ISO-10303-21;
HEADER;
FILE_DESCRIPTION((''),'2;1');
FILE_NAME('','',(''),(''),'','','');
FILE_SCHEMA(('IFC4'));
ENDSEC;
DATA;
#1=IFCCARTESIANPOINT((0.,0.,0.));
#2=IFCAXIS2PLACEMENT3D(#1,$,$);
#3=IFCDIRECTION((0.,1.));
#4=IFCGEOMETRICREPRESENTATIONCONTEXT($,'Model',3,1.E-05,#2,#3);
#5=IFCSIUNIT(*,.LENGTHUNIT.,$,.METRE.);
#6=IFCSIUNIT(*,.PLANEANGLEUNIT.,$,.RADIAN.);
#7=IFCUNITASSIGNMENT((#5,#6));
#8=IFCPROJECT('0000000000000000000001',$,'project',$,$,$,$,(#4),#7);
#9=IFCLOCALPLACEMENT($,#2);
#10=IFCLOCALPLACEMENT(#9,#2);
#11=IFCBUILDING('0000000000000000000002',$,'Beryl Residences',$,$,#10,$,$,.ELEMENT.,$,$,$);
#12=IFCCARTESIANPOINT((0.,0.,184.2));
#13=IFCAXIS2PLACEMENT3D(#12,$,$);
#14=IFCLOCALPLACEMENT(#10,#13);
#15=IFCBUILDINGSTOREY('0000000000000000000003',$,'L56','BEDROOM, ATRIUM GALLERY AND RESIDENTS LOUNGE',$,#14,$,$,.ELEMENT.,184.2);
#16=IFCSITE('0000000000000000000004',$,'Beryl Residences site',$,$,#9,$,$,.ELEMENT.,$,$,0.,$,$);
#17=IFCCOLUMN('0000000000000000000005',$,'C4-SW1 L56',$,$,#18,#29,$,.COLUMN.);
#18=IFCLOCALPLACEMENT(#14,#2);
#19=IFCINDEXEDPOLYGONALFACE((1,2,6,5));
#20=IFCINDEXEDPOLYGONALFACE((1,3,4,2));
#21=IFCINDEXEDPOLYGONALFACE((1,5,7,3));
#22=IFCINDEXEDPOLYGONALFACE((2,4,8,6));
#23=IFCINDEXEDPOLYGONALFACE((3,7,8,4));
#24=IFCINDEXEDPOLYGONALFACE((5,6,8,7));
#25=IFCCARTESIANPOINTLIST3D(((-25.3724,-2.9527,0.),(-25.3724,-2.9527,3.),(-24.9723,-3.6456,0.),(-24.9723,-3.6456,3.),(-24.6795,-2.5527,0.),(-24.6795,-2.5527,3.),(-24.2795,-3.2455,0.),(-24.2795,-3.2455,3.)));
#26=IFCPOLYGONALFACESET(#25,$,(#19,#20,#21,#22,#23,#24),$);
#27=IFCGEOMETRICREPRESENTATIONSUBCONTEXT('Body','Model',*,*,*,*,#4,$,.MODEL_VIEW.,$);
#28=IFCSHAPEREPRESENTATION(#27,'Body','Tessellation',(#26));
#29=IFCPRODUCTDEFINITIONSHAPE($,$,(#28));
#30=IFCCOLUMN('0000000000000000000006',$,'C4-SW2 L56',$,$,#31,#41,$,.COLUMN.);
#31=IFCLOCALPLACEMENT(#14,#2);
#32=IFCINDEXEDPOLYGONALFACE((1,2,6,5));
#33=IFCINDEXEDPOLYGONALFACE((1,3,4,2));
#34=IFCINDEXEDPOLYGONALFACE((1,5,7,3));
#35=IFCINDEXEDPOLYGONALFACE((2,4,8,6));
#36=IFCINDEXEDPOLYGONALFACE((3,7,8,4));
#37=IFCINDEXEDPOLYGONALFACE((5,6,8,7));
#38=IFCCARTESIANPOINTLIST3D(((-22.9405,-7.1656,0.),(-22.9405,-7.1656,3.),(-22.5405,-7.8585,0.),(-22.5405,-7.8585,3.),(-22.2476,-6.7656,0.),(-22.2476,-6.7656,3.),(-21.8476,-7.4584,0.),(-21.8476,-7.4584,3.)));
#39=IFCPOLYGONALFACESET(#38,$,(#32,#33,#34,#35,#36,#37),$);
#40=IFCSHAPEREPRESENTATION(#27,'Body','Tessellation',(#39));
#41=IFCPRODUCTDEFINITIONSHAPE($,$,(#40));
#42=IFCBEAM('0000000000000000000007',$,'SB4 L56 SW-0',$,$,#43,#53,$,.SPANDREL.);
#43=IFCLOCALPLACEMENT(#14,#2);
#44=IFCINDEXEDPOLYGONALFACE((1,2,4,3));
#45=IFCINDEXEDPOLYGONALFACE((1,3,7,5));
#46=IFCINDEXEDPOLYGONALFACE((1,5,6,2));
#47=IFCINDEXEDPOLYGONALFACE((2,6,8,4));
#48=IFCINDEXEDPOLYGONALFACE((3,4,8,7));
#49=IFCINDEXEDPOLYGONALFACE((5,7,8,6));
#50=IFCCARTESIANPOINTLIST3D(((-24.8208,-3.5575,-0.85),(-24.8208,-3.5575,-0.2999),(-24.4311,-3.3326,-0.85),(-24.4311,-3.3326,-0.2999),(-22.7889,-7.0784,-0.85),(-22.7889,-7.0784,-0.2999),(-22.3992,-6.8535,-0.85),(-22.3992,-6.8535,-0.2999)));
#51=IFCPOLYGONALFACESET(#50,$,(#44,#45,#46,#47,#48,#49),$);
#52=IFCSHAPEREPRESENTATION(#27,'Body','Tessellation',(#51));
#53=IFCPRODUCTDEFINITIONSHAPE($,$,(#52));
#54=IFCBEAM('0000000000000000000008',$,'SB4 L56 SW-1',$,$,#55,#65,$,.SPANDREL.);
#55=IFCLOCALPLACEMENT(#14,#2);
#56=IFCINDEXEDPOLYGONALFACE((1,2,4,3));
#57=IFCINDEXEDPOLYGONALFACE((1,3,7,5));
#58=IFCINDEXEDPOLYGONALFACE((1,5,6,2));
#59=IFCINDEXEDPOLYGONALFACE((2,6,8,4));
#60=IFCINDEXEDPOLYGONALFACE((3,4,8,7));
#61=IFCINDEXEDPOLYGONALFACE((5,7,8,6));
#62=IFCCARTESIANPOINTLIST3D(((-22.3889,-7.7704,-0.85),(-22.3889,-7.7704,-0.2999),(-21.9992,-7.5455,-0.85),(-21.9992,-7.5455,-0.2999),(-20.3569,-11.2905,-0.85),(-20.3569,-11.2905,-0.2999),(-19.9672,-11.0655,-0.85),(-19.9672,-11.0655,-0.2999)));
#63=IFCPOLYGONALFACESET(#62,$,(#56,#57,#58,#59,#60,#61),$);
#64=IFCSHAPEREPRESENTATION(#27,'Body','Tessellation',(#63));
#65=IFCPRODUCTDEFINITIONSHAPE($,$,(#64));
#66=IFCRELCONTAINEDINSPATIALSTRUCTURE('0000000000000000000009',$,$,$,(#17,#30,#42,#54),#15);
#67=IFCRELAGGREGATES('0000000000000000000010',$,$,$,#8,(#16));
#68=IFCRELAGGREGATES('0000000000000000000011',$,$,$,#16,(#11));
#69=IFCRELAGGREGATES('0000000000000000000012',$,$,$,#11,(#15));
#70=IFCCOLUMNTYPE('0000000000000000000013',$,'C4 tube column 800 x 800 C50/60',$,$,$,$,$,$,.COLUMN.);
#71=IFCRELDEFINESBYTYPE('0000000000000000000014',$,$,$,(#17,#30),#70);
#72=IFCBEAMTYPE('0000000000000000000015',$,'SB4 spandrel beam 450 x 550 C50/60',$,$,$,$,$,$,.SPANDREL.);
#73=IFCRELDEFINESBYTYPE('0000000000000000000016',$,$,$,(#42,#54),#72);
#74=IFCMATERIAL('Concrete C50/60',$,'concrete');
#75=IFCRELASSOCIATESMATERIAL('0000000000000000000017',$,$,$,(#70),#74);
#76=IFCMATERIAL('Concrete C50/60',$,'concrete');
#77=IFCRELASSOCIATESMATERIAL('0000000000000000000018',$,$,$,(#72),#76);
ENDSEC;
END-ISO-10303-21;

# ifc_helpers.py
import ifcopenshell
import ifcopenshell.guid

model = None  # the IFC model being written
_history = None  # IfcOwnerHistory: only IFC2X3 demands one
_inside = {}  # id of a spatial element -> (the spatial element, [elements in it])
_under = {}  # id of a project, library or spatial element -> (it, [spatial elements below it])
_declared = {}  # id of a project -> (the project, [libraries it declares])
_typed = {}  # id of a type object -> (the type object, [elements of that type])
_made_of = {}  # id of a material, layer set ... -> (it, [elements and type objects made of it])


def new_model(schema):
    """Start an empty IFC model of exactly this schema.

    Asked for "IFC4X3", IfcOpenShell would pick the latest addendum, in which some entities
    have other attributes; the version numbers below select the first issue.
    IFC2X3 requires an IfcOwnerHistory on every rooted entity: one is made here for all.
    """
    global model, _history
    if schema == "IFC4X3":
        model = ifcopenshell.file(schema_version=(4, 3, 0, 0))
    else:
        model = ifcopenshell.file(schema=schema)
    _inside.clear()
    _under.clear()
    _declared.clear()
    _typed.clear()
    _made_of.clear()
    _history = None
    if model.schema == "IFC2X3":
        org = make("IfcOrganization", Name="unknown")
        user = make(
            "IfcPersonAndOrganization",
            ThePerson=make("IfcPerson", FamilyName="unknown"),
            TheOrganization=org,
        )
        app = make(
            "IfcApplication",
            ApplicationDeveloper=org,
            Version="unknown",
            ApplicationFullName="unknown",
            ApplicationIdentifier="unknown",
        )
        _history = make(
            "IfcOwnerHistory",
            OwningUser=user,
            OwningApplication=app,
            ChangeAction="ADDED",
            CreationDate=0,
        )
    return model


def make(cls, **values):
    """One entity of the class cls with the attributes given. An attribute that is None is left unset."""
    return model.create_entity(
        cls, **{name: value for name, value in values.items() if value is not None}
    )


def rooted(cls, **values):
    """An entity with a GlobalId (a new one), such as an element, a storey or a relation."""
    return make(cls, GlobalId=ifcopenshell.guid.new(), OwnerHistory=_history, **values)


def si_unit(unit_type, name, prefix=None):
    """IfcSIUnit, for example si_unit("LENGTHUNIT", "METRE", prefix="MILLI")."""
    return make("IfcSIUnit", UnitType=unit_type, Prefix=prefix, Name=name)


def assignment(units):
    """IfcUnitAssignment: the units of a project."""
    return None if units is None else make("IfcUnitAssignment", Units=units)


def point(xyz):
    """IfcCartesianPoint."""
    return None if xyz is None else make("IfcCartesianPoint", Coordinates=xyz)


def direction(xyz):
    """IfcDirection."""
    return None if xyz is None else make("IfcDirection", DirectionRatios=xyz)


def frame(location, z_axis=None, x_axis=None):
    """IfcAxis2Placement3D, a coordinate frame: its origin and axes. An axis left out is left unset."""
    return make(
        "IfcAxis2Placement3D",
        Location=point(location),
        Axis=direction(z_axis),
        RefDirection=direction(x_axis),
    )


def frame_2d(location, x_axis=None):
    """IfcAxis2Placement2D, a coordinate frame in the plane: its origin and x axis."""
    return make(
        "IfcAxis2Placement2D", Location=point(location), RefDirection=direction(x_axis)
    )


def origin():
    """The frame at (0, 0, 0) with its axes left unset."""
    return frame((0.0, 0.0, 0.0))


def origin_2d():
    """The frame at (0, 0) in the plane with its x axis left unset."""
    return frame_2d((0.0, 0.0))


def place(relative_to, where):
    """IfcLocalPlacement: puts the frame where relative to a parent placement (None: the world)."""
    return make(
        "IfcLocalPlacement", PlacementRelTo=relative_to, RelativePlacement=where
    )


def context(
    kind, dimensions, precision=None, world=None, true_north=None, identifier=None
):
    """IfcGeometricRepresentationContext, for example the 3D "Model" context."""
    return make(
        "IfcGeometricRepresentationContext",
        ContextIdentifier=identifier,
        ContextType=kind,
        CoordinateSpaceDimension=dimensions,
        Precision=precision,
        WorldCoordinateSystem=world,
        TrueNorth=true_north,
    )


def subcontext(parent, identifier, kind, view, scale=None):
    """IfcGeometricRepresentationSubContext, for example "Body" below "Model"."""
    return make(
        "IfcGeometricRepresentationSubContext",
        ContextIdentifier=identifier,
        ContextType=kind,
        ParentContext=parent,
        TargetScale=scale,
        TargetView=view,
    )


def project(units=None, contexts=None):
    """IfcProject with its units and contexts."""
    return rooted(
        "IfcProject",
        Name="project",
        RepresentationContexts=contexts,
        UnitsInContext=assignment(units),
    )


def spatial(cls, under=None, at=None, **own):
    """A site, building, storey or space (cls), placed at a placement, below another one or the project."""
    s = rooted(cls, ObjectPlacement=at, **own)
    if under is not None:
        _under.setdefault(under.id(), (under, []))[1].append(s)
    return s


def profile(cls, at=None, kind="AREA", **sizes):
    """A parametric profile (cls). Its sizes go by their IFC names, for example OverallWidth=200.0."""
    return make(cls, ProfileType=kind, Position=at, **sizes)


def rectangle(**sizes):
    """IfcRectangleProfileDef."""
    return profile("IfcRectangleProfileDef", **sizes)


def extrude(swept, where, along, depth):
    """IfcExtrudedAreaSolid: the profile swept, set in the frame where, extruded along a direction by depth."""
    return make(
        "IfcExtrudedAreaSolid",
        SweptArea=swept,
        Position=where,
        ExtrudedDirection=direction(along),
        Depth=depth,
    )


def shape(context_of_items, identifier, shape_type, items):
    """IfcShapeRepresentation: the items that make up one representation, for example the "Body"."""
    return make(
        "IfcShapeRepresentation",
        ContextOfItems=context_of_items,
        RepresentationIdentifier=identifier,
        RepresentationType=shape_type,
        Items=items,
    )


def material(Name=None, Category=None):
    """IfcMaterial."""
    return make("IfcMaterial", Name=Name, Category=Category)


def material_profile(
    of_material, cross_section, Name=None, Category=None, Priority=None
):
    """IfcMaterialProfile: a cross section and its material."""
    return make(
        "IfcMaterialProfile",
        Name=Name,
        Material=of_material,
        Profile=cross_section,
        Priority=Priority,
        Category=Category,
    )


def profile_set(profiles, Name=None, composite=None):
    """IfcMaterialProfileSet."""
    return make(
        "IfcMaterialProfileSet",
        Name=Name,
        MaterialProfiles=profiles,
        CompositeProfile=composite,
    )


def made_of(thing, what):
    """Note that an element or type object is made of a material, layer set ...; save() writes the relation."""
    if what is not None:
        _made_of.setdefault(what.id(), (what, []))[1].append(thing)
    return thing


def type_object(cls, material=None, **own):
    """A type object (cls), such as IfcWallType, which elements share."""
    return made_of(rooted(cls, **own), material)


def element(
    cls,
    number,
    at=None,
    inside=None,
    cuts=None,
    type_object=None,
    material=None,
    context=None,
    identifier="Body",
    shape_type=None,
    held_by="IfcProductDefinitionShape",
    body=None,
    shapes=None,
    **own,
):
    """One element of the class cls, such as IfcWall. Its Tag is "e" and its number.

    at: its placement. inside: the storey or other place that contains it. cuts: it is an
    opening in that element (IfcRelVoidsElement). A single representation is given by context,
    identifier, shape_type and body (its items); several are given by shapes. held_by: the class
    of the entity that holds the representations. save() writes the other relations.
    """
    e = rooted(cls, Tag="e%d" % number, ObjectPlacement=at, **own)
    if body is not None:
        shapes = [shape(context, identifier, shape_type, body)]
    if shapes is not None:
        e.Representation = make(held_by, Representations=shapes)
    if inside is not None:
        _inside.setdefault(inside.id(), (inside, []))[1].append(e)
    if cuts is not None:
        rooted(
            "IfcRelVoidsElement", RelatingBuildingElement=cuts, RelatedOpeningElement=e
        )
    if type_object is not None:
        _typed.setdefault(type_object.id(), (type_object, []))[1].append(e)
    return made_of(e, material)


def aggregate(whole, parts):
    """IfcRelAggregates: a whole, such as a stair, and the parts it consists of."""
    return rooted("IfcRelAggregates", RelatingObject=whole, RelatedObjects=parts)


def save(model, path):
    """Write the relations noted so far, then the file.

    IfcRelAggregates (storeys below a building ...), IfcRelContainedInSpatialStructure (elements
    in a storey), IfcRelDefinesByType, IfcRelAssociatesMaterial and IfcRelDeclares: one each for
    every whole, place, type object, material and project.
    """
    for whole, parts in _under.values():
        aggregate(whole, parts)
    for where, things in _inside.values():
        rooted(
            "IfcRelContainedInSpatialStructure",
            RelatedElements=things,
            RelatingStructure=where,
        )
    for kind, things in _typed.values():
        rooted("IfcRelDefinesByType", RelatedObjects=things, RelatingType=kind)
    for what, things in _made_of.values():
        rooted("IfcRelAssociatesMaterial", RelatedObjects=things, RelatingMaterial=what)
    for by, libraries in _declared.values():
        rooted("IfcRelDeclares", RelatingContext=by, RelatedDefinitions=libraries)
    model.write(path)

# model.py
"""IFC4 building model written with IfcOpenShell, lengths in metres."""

from ifc_helpers import new_model, si_unit, direction, frame, origin, origin_2d, place, context, subcontext, project, spatial, rectangle, extrude, material, material_profile, profile_set, type_object, element, save


model = new_model("IFC4")

# Units and contexts
model_context = context("Model", 3, precision=1e-05, world=origin(), true_north=direction((0.0, 1.0)))
body_context = subcontext(model_context, "Body", "Model", "MODEL_VIEW")
ifc_project = project(units=[si_unit("LENGTHUNIT", "METRE"), si_unit("PLANEANGLEUNIT", "RADIAN")], contexts=[model_context])

# Site, building, storey
site_placement = place(None, origin())
site = spatial("IfcSite", under=ifc_project, at=site_placement, Name="Beryl Residences site", CompositionType="ELEMENT", RefElevation=0.0)
building_placement = place(site_placement, origin())
building = spatial("IfcBuilding", under=site, at=building_placement, Name="Beryl Residences", CompositionType="ELEMENT")
storey_placement = place(building_placement, frame((0.0, 0.0, 184.2)))
storey = spatial("IfcBuildingStorey", under=building, at=storey_placement, Name="L56", Description="BEDROOM, ATRIUM GALLERY AND RESIDENTS LOUNGE", CompositionType="ELEMENT", Elevation=184.2)

# Columns
ifc_material_1 = material(Name="Concrete C50/60", Category="concrete")
ifc_material_profile_1 = material_profile(ifc_material_1, rectangle(XDim=0.8, YDim=0.8, at=origin_2d()))
ifc_profile_set_1 = profile_set([ifc_material_profile_1], Name="Concrete C50/60")
column_type = type_object("IfcColumnType", Name="C4 tube column 800 x 800 C50/60", PredefinedType="COLUMN", material=ifc_profile_set_1)
for number, where, z_axis, x_axis, name in (
    (1, (-24.8259, -3.0991, 0.0), (0.0, 0.0, 1.0), (0.5, -0.866025, 0.0), "C4-SW1 L56"),
    (2, (-22.394, -7.312, 0.0), (0.0, 0.0, 1.0), (0.5, -0.866025, 0.0), "C4-SW2 L56"),
):
    element("IfcColumn", number, at=place(storey_placement, frame(where, z_axis=z_axis, x_axis=x_axis)), inside=storey, type_object=column_type, Name=name, PredefinedType="COLUMN", context=body_context, shape_type="SweptSolid", body=[
        extrude(rectangle(XDim=0.8, YDim=0.8, at=origin_2d()), origin(), (0.0, 0.0, 1.0), 3.0),
    ])

# Beams
ifc_material_2 = material(Name="Concrete C50/60", Category="concrete")
ifc_material_profile_2 = material_profile(ifc_material_2, rectangle(XDim=0.45, YDim=0.55, at=origin_2d()))
ifc_profile_set_2 = profile_set([ifc_material_profile_2], Name="Concrete C50/60")
beam_type = type_object("IfcBeamType", Name="SB4 spandrel beam 450 x 550 C50/60", PredefinedType="SPANDREL", material=ifc_profile_set_2)
beam_1_placement = place(storey_placement, frame((-24.626, -3.4451, -0.575), z_axis=(0.49984, -0.866118, 0.0), x_axis=(0.866118, 0.49984, 0.0)))
element("IfcBeam", 3, at=beam_1_placement, inside=storey, type_object=beam_type, Name="SB4 L56 SW-0", PredefinedType="SPANDREL", context=body_context, shape_type="SweptSolid", body=[
    extrude(rectangle(XDim=0.45, YDim=0.55, at=origin_2d()), origin(), (0.0, 0.0, 1.0), 4.0652),
])
beam_2_placement = place(storey_placement, frame((-22.1941, -7.658, -0.575), z_axis=(0.499944, -0.866058, 0.0), x_axis=(0.866058, 0.499944, 0.0)))
element("IfcBeam", 4, at=beam_2_placement, inside=storey, type_object=beam_type, Name="SB4 L56 SW-1", PredefinedType="SPANDREL", context=body_context, shape_type="SweptSolid", body=[
    extrude(rectangle(XDim=0.45, YDim=0.55, at=origin_2d()), origin(), (0.0, 0.0, 1.0), 4.0645),
])

save(model, "model.ifc")
